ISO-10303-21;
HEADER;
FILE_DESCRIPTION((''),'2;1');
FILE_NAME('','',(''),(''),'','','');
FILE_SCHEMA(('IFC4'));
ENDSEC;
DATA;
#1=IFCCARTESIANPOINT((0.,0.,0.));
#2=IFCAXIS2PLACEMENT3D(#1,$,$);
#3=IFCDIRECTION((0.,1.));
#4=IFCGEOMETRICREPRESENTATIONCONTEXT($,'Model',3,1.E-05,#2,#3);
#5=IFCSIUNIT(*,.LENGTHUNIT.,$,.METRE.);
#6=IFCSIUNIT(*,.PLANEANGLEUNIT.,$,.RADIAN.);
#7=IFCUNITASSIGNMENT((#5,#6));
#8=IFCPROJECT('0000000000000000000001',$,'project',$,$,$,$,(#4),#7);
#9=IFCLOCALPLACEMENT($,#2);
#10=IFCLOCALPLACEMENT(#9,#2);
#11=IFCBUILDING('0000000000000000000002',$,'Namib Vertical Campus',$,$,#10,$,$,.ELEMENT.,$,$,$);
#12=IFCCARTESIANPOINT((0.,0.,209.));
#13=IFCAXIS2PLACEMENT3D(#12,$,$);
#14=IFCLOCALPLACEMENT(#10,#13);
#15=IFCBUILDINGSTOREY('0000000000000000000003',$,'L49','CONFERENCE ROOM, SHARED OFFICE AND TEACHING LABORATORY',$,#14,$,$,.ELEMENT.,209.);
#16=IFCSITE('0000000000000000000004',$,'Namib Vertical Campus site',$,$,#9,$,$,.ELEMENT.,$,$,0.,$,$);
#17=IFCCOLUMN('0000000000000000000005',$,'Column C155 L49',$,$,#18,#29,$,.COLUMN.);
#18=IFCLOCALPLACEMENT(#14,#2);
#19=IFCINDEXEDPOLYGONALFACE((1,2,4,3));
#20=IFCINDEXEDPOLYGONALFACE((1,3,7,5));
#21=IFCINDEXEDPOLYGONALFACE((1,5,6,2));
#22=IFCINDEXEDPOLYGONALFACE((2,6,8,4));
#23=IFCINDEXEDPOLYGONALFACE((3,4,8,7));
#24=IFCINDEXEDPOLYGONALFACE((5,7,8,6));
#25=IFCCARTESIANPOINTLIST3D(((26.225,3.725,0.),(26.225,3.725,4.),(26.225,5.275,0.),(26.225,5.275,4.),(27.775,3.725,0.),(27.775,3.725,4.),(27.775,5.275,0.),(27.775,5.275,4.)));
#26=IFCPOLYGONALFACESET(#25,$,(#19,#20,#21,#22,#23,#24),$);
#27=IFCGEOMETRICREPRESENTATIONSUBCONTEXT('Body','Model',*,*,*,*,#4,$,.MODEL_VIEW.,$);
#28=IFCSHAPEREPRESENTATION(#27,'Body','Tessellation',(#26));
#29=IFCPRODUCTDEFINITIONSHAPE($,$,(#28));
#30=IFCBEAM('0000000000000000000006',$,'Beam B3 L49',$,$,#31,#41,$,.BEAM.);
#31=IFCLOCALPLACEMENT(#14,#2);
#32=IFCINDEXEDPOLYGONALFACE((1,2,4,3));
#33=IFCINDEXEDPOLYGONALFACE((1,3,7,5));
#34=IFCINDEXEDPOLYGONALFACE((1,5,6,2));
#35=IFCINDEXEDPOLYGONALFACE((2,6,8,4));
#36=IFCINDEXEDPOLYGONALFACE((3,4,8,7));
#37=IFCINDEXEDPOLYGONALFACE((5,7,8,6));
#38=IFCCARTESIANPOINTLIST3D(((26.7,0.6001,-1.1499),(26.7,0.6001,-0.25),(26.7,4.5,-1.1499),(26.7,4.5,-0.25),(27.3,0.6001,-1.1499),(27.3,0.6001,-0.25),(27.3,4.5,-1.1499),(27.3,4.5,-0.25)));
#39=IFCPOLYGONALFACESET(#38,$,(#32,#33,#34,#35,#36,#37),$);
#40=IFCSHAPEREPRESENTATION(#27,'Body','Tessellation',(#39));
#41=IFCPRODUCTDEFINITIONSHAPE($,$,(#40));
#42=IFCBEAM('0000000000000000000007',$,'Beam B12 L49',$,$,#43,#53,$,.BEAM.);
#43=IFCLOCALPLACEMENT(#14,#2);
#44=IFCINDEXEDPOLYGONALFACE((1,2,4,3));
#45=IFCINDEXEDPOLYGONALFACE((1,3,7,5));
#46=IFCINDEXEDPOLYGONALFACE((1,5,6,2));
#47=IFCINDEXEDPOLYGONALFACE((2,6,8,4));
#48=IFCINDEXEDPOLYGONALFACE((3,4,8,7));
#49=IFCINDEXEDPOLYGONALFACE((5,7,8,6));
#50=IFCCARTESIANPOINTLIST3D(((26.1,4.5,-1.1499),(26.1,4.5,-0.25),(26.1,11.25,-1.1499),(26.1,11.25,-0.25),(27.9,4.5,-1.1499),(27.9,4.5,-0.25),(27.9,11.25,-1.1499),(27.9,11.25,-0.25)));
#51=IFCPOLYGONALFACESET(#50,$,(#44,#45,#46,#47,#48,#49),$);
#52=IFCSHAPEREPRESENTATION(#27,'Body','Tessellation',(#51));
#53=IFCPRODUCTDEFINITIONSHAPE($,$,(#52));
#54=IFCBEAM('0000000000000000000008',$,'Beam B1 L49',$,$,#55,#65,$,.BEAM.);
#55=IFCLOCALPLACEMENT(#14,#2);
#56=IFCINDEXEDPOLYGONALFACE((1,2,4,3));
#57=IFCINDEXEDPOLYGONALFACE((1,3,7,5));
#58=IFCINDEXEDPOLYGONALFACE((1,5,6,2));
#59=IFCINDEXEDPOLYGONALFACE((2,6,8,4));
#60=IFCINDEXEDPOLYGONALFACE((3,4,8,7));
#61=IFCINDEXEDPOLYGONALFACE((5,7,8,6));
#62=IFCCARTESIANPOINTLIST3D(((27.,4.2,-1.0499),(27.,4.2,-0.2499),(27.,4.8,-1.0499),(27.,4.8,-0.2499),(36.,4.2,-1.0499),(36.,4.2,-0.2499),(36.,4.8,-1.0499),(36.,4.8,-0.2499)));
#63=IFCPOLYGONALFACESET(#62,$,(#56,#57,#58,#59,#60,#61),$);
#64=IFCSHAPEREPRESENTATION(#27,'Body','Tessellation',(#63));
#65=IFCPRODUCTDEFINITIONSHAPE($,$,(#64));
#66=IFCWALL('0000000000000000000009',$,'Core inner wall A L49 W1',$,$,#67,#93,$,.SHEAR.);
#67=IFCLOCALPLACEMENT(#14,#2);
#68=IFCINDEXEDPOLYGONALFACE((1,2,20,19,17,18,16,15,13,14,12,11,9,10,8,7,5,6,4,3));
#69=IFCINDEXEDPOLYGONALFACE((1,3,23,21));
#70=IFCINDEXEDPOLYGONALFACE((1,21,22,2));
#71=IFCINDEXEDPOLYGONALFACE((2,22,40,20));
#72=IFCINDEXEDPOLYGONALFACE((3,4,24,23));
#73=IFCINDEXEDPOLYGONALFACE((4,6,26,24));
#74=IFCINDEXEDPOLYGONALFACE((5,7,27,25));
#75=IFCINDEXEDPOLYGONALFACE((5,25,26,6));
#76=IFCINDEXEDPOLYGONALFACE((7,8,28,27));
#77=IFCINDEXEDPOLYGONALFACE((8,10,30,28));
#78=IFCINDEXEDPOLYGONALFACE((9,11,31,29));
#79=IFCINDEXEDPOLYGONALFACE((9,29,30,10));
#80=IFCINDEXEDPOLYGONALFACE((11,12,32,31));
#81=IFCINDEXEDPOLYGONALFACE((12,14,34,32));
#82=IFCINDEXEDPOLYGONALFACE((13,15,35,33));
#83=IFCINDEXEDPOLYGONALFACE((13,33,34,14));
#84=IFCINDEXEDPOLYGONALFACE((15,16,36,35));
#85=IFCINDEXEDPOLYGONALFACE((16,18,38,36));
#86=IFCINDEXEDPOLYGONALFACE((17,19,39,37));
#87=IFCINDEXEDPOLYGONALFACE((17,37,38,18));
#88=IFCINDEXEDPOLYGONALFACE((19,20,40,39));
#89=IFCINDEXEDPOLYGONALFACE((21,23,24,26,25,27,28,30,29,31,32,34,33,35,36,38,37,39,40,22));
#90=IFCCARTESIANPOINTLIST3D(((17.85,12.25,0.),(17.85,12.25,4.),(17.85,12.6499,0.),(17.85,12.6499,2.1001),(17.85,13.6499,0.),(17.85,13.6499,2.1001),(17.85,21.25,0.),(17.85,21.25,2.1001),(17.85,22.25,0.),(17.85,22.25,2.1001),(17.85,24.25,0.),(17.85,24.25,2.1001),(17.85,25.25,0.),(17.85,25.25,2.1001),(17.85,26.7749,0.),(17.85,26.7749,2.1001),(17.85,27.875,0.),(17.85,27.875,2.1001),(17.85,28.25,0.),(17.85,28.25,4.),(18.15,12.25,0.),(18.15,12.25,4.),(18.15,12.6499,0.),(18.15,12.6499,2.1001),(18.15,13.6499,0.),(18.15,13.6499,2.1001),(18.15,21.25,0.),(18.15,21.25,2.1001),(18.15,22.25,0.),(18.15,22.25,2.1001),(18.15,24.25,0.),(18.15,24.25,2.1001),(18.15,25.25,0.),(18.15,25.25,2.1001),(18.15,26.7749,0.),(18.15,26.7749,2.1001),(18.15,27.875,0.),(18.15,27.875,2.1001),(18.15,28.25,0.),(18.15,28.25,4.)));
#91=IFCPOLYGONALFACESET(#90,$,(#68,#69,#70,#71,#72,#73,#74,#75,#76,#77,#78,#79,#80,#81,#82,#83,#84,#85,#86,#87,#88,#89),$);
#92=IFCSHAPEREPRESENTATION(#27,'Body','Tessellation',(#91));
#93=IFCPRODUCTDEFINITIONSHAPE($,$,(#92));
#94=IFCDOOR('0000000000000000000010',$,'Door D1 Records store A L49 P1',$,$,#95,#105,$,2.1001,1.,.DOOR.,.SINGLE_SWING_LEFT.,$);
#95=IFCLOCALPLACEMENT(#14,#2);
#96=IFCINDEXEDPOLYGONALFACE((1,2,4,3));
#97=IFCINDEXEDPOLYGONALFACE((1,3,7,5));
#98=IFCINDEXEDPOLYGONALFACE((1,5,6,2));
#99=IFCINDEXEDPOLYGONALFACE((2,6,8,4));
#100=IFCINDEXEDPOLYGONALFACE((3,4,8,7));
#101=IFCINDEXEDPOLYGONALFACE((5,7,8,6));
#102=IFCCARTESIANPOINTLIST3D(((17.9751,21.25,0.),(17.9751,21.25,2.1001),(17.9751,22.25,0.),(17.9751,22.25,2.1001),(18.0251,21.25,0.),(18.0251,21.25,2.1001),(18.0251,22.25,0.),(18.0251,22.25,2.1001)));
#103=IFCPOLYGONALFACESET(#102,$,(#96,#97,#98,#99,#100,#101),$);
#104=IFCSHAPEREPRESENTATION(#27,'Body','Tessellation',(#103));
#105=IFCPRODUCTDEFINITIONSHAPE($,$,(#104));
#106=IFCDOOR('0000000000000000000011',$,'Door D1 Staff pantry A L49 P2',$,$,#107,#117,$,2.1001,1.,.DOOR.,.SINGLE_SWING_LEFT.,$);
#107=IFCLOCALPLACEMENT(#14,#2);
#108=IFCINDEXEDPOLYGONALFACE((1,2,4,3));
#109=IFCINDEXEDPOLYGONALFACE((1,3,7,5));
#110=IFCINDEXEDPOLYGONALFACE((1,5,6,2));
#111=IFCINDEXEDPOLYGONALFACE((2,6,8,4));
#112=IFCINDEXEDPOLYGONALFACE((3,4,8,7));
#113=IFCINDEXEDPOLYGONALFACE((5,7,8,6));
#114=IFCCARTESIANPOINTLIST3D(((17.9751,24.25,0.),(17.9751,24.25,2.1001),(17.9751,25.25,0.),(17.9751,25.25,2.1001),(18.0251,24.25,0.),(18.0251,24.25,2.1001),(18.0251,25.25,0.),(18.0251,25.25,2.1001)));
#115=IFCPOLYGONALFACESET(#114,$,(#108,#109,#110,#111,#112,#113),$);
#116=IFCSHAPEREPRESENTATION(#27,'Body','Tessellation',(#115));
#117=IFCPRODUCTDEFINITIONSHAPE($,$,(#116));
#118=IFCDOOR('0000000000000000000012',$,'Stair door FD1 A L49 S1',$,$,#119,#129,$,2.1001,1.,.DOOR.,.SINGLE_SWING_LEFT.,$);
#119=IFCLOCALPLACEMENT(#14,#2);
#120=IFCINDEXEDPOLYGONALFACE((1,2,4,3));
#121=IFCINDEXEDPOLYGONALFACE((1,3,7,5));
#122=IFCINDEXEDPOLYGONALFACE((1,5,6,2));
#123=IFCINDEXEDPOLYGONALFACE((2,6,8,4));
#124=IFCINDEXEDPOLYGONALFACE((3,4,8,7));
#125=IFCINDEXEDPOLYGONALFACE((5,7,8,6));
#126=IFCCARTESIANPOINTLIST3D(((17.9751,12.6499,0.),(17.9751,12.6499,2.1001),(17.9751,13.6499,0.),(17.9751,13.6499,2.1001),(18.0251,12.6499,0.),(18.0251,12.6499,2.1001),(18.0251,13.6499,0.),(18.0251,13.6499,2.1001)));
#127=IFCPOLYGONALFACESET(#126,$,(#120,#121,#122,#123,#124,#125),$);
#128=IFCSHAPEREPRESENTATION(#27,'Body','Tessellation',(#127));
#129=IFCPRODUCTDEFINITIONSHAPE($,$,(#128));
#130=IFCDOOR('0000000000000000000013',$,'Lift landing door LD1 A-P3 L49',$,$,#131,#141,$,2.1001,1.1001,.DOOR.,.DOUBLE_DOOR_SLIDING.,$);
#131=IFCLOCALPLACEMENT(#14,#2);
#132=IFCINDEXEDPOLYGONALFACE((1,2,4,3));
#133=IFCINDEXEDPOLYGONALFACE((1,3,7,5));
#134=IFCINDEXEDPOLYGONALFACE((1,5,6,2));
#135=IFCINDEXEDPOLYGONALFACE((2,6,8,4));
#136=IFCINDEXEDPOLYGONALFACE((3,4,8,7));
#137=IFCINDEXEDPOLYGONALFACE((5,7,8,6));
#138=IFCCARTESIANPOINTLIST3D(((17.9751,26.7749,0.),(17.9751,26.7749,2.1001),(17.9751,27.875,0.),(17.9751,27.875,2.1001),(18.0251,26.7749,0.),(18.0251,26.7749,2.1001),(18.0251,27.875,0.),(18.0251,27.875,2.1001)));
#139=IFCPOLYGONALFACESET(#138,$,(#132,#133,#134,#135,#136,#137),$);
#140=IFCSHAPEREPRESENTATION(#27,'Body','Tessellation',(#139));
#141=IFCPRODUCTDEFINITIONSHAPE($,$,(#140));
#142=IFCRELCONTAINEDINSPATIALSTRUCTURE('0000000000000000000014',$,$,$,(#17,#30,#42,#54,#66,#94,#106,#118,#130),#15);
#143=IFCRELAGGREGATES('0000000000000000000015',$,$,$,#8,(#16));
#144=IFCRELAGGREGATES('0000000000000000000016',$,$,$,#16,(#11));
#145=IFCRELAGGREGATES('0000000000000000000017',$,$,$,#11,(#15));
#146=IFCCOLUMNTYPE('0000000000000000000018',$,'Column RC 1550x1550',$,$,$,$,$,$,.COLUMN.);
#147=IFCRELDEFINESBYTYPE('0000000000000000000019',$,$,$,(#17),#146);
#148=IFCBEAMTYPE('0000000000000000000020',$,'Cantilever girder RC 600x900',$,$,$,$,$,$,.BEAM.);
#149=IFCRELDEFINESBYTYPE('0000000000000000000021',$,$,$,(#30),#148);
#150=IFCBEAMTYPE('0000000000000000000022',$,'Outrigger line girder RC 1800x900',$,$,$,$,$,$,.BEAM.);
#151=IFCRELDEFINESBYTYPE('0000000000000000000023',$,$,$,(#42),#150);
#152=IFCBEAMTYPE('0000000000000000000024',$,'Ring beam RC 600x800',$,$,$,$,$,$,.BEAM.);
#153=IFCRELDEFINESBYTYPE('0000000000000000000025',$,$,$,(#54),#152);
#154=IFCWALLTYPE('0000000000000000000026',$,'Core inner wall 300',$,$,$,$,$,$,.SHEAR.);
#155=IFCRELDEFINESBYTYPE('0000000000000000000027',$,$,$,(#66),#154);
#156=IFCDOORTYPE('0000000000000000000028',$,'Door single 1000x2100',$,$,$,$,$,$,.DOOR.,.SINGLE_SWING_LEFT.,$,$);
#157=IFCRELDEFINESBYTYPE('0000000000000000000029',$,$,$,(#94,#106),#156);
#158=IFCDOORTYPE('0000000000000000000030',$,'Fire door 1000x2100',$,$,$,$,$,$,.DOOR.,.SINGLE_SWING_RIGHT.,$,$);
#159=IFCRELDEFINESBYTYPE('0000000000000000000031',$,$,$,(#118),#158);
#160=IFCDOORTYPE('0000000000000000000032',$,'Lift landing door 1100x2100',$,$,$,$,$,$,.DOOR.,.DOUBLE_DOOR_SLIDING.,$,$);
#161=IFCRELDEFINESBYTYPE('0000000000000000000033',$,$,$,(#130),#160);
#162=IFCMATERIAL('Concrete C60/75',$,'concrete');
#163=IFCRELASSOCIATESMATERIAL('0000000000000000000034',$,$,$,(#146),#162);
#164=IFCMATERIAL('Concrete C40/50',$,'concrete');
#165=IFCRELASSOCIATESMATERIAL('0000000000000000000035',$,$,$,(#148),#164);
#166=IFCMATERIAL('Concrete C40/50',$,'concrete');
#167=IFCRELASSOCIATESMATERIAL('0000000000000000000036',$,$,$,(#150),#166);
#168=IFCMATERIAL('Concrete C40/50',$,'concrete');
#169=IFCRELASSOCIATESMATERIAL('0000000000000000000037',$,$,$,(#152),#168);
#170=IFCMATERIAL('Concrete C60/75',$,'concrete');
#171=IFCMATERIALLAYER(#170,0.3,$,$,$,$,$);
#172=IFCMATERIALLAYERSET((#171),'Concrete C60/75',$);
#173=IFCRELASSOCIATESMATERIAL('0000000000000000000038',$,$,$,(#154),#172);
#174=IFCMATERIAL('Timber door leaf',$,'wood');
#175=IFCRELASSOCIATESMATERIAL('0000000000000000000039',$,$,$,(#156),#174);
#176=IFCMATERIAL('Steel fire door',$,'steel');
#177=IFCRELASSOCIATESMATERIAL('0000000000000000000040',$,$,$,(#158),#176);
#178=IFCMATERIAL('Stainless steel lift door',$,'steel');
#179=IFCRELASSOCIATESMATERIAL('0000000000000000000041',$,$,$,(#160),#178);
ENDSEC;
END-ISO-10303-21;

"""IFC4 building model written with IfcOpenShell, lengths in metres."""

from ifc_helpers import new_model, si_unit, direction, frame, frame_2d, origin, origin_2d, place, context, subcontext, project, spatial, rectangle, extrude, material, layer, layer_set, material_profile, profile_set, type_object, element, fill, save


model = new_model("IFC4")

# Units and contexts
model_context = context("Model", 3, precision=1e-05, world=origin(), true_north=direction((0.0, 1.0)))
body_context = subcontext(model_context, "Body", "Model", "MODEL_VIEW")
ifc_project = project(units=[si_unit("LENGTHUNIT", "METRE"), si_unit("PLANEANGLEUNIT", "RADIAN")], contexts=[model_context])

# Site, building, storey
site_placement = place(None, origin())
site = spatial("IfcSite", under=ifc_project, at=site_placement, Name="Namib Vertical Campus site", CompositionType="ELEMENT", RefElevation=0.0)
building_placement = place(site_placement, origin())
building = spatial("IfcBuilding", under=site, at=building_placement, Name="Namib Vertical Campus", CompositionType="ELEMENT")
storey_placement = place(building_placement, frame((0.0, 0.0, 209.0)))
storey = spatial("IfcBuildingStorey", under=building, at=storey_placement, Name="L49", Description="CONFERENCE ROOM, SHARED OFFICE AND TEACHING LABORATORY", CompositionType="ELEMENT", Elevation=209.0)

# Column
ifc_material_1 = material(Name="Concrete C60/75", Category="concrete")
ifc_material_profile_1 = material_profile(ifc_material_1, rectangle(XDim=1.55, YDim=1.55, at=origin_2d()))
ifc_profile_set_1 = profile_set([ifc_material_profile_1], Name="Concrete C60/75")
column_type = type_object("IfcColumnType", Name="Column RC 1550x1550", PredefinedType="COLUMN", material=ifc_profile_set_1)
column_placement = place(storey_placement, frame((27.0, 4.5, 0.0), z_axis=(0.0, 0.0, 1.0), x_axis=(1.0, 0.0, 0.0)))
element("IfcColumn", 1, at=column_placement, inside=storey, type_object=column_type, Name="Column C155 L49", PredefinedType="COLUMN", context=body_context, shape_type="SweptSolid", body=[
    extrude(rectangle(XDim=1.55, YDim=1.55, at=origin_2d()), origin(), (0.0, 0.0, 1.0), 4.0),
])

# Beams
ifc_material_2 = material(Name="Concrete C40/50", Category="concrete")
ifc_material_profile_2 = material_profile(ifc_material_2, rectangle(XDim=0.6001, YDim=0.8999, at=origin_2d()))
ifc_profile_set_2 = profile_set([ifc_material_profile_2], Name="Concrete C40/50")
beam_type_1 = type_object("IfcBeamType", Name="Cantilever girder RC 600x900", PredefinedType="BEAM", material=ifc_profile_set_2)
beam_1_placement = place(storey_placement, frame((27.0, 4.5, -0.7), z_axis=(0.0, -1.0, 0.0), x_axis=(1.0, 0.0, 0.0)))
element("IfcBeam", 2, at=beam_1_placement, inside=storey, type_object=beam_type_1, Name="Beam B3 L49", PredefinedType="BEAM", context=body_context, shape_type="SweptSolid", body=[
    extrude(rectangle(XDim=0.6001, YDim=0.8999, at=origin_2d()), origin(), (0.0, 0.0, 1.0), 3.8999),
])
ifc_material_3 = material(Name="Concrete C40/50", Category="concrete")
ifc_material_profile_3 = material_profile(ifc_material_3, rectangle(XDim=1.8, YDim=0.8999, at=origin_2d()))
ifc_profile_set_3 = profile_set([ifc_material_profile_3], Name="Concrete C40/50")
beam_type_2 = type_object("IfcBeamType", Name="Outrigger line girder RC 1800x900", PredefinedType="BEAM", material=ifc_profile_set_3)
beam_2_placement = place(storey_placement, frame((27.0, 4.5, -0.7), z_axis=(0.0, 1.0, 0.0), x_axis=(-1.0, 0.0, 0.0)))
element("IfcBeam", 3, at=beam_2_placement, inside=storey, type_object=beam_type_2, Name="Beam B12 L49", PredefinedType="BEAM", context=body_context, shape_type="SweptSolid", body=[
    extrude(rectangle(XDim=1.8, YDim=0.8999, at=origin_2d()), origin(), (0.0, 0.0, 1.0), 6.75),
])
ifc_material_4 = material(Name="Concrete C40/50", Category="concrete")
ifc_material_profile_4 = material_profile(ifc_material_4, rectangle(XDim=0.6001, YDim=0.8, at=origin_2d()))
ifc_profile_set_4 = profile_set([ifc_material_profile_4], Name="Concrete C40/50")
beam_type_3 = type_object("IfcBeamType", Name="Ring beam RC 600x800", PredefinedType="BEAM", material=ifc_profile_set_4)
beam_3_placement = place(storey_placement, frame((27.0, 4.5, -0.6499), z_axis=(1.0, 0.0, 0.0), x_axis=(0.0, 1.0, 0.0)))
element("IfcBeam", 4, at=beam_3_placement, inside=storey, type_object=beam_type_3, Name="Beam B1 L49", PredefinedType="BEAM", context=body_context, shape_type="SweptSolid", body=[
    extrude(rectangle(XDim=0.6001, YDim=0.8, at=origin_2d()), origin(), (0.0, 0.0, 1.0), 9.0),
])

# Wall, openings, doors
ifc_material_5 = material(Name="Concrete C60/75", Category="concrete")
ifc_layer_1 = layer(ifc_material_5, 0.3)
ifc_layer_set_1 = layer_set([ifc_layer_1], Name="Concrete C60/75")
wall_type_1 = type_object("IfcWallType", Name="Core inner wall 300", PredefinedType="SHEAR", material=ifc_layer_set_1)
wall_1_placement = place(storey_placement, frame((18.0, 12.25, 0.0), z_axis=(0.0, 0.0, 1.0), x_axis=(0.0, 1.0, 0.0)))
wall_1 = element("IfcWall", 5, at=wall_1_placement, inside=storey, type_object=wall_type_1, Name="Core inner wall A L49 W1", PredefinedType="SHEAR", context=body_context, shape_type="SweptSolid", body=[
    extrude(rectangle(XDim=16.0, YDim=0.3, at=frame_2d((8.0, 0.0))), origin(), (0.0, 0.0, 1.0), 4.0),
])
opening_1_placement = place(wall_1_placement, frame((0.3999, 0.0, 0.0)))
opening_1 = element("IfcOpeningElement", 6, at=opening_1_placement, cuts=wall_1, PredefinedType="OPENING", context=body_context, shape_type="SweptSolid", body=[
    extrude(rectangle(XDim=1.0, YDim=2.1001, at=frame_2d((0.5, 1.05))), frame((0.0, 0.1599, 0.0), z_axis=(0.0, -1.0, 0.0), x_axis=(1.0, 0.0, 0.0)), (0.0, 0.0, 1.0), 0.3201),
])
opening_2_placement = place(wall_1_placement, frame((14.5249, 0.0, 0.0)))
opening_2 = element("IfcOpeningElement", 7, at=opening_2_placement, cuts=wall_1, PredefinedType="OPENING", context=body_context, shape_type="SweptSolid", body=[
    extrude(rectangle(XDim=1.1001, YDim=2.1001, at=frame_2d((0.55, 1.05))), frame((0.0, 0.1599, 0.0), z_axis=(0.0, -1.0, 0.0), x_axis=(1.0, 0.0, 0.0)), (0.0, 0.0, 1.0), 0.3201),
])
opening_3_placement = place(wall_1_placement, frame((9.0, 0.0, 0.0)))
opening_3 = element("IfcOpeningElement", 8, at=opening_3_placement, cuts=wall_1, PredefinedType="OPENING", context=body_context, shape_type="SweptSolid", body=[
    extrude(rectangle(XDim=1.0, YDim=2.1001, at=frame_2d((0.5, 1.05))), frame((0.0, 0.1599, 0.0), z_axis=(0.0, -1.0, 0.0), x_axis=(1.0, 0.0, 0.0)), (0.0, 0.0, 1.0), 0.3201),
])
opening_4_placement = place(wall_1_placement, frame((12.0, 0.0, 0.0)))
opening_4 = element("IfcOpeningElement", 9, at=opening_4_placement, cuts=wall_1, PredefinedType="OPENING", context=body_context, shape_type="SweptSolid", body=[
    extrude(rectangle(XDim=1.0, YDim=2.1001, at=frame_2d((0.5, 1.05))), frame((0.0, 0.1599, 0.0), z_axis=(0.0, -1.0, 0.0), x_axis=(1.0, 0.0, 0.0)), (0.0, 0.0, 1.0), 0.3201),
])
ifc_material_6 = material(Name="Timber door leaf", Category="wood")
door_type_1 = type_object("IfcDoorType", Name="Door single 1000x2100", OperationType="SINGLE_SWING_LEFT", PredefinedType="DOOR", material=ifc_material_6)
door_1_placement = place(opening_3_placement, origin())
door_1 = element("IfcDoor", 10, at=door_1_placement, inside=storey, type_object=door_type_1, Name="Door D1 Records store A L49 P1", OperationType="SINGLE_SWING_LEFT", OverallHeight=2.1001, OverallWidth=1.0, PredefinedType="DOOR", context=body_context, shape_type="SweptSolid", body=[
    extrude(rectangle(XDim=1.0, YDim=2.1001, at=frame_2d((0.5, 1.05))), frame((0.0, 0.0249, 0.0), z_axis=(0.0, -1.0, 0.0), x_axis=(1.0, 0.0, 0.0)), (0.0, 0.0, 1.0), 0.05),
])
fill(opening_3, door_1)
door_2_placement = place(opening_4_placement, origin())
door_2 = element("IfcDoor", 11, at=door_2_placement, inside=storey, type_object=door_type_1, Name="Door D1 Staff pantry A L49 P2", OperationType="SINGLE_SWING_LEFT", OverallHeight=2.1001, OverallWidth=1.0, PredefinedType="DOOR", context=body_context, shape_type="SweptSolid", body=[
    extrude(rectangle(XDim=1.0, YDim=2.1001, at=frame_2d((0.5, 1.05))), frame((0.0, 0.0249, 0.0), z_axis=(0.0, -1.0, 0.0), x_axis=(1.0, 0.0, 0.0)), (0.0, 0.0, 1.0), 0.05),
])
fill(opening_4, door_2)
ifc_material_7 = material(Name="Steel fire door", Category="steel")
door_type_2 = type_object("IfcDoorType", Name="Fire door 1000x2100", OperationType="SINGLE_SWING_RIGHT", PredefinedType="DOOR", material=ifc_material_7)
door_3_placement = place(opening_1_placement, origin())
door_3 = element("IfcDoor", 12, at=door_3_placement, inside=storey, type_object=door_type_2, Name="Stair door FD1 A L49 S1", OperationType="SINGLE_SWING_LEFT", OverallHeight=2.1001, OverallWidth=1.0, PredefinedType="DOOR", context=body_context, shape_type="SweptSolid", body=[
    extrude(rectangle(XDim=1.0, YDim=2.1001, at=frame_2d((0.5, 1.05))), frame((0.0, 0.0249, 0.0), z_axis=(0.0, -1.0, 0.0), x_axis=(1.0, 0.0, 0.0)), (0.0, 0.0, 1.0), 0.05),
])
fill(opening_1, door_3)
ifc_material_8 = material(Name="Stainless steel lift door", Category="steel")
door_type_3 = type_object("IfcDoorType", Name="Lift landing door 1100x2100", OperationType="DOUBLE_DOOR_SLIDING", PredefinedType="DOOR", material=ifc_material_8)
door_4_placement = place(opening_2_placement, origin())
door_4 = element("IfcDoor", 13, at=door_4_placement, inside=storey, type_object=door_type_3, Name="Lift landing door LD1 A-P3 L49", OperationType="DOUBLE_DOOR_SLIDING", OverallHeight=2.1001, OverallWidth=1.1001, PredefinedType="DOOR", context=body_context, shape_type="SweptSolid", body=[
    extrude(rectangle(XDim=1.1001, YDim=2.1001, at=frame_2d((0.55, 1.05))), frame((0.0, 0.0249, 0.0), z_axis=(0.0, -1.0, 0.0), x_axis=(1.0, 0.0, 0.0)), (0.0, 0.0, 1.0), 0.05),
])
fill(opening_2, door_4)

save(model, "model.ifc")
